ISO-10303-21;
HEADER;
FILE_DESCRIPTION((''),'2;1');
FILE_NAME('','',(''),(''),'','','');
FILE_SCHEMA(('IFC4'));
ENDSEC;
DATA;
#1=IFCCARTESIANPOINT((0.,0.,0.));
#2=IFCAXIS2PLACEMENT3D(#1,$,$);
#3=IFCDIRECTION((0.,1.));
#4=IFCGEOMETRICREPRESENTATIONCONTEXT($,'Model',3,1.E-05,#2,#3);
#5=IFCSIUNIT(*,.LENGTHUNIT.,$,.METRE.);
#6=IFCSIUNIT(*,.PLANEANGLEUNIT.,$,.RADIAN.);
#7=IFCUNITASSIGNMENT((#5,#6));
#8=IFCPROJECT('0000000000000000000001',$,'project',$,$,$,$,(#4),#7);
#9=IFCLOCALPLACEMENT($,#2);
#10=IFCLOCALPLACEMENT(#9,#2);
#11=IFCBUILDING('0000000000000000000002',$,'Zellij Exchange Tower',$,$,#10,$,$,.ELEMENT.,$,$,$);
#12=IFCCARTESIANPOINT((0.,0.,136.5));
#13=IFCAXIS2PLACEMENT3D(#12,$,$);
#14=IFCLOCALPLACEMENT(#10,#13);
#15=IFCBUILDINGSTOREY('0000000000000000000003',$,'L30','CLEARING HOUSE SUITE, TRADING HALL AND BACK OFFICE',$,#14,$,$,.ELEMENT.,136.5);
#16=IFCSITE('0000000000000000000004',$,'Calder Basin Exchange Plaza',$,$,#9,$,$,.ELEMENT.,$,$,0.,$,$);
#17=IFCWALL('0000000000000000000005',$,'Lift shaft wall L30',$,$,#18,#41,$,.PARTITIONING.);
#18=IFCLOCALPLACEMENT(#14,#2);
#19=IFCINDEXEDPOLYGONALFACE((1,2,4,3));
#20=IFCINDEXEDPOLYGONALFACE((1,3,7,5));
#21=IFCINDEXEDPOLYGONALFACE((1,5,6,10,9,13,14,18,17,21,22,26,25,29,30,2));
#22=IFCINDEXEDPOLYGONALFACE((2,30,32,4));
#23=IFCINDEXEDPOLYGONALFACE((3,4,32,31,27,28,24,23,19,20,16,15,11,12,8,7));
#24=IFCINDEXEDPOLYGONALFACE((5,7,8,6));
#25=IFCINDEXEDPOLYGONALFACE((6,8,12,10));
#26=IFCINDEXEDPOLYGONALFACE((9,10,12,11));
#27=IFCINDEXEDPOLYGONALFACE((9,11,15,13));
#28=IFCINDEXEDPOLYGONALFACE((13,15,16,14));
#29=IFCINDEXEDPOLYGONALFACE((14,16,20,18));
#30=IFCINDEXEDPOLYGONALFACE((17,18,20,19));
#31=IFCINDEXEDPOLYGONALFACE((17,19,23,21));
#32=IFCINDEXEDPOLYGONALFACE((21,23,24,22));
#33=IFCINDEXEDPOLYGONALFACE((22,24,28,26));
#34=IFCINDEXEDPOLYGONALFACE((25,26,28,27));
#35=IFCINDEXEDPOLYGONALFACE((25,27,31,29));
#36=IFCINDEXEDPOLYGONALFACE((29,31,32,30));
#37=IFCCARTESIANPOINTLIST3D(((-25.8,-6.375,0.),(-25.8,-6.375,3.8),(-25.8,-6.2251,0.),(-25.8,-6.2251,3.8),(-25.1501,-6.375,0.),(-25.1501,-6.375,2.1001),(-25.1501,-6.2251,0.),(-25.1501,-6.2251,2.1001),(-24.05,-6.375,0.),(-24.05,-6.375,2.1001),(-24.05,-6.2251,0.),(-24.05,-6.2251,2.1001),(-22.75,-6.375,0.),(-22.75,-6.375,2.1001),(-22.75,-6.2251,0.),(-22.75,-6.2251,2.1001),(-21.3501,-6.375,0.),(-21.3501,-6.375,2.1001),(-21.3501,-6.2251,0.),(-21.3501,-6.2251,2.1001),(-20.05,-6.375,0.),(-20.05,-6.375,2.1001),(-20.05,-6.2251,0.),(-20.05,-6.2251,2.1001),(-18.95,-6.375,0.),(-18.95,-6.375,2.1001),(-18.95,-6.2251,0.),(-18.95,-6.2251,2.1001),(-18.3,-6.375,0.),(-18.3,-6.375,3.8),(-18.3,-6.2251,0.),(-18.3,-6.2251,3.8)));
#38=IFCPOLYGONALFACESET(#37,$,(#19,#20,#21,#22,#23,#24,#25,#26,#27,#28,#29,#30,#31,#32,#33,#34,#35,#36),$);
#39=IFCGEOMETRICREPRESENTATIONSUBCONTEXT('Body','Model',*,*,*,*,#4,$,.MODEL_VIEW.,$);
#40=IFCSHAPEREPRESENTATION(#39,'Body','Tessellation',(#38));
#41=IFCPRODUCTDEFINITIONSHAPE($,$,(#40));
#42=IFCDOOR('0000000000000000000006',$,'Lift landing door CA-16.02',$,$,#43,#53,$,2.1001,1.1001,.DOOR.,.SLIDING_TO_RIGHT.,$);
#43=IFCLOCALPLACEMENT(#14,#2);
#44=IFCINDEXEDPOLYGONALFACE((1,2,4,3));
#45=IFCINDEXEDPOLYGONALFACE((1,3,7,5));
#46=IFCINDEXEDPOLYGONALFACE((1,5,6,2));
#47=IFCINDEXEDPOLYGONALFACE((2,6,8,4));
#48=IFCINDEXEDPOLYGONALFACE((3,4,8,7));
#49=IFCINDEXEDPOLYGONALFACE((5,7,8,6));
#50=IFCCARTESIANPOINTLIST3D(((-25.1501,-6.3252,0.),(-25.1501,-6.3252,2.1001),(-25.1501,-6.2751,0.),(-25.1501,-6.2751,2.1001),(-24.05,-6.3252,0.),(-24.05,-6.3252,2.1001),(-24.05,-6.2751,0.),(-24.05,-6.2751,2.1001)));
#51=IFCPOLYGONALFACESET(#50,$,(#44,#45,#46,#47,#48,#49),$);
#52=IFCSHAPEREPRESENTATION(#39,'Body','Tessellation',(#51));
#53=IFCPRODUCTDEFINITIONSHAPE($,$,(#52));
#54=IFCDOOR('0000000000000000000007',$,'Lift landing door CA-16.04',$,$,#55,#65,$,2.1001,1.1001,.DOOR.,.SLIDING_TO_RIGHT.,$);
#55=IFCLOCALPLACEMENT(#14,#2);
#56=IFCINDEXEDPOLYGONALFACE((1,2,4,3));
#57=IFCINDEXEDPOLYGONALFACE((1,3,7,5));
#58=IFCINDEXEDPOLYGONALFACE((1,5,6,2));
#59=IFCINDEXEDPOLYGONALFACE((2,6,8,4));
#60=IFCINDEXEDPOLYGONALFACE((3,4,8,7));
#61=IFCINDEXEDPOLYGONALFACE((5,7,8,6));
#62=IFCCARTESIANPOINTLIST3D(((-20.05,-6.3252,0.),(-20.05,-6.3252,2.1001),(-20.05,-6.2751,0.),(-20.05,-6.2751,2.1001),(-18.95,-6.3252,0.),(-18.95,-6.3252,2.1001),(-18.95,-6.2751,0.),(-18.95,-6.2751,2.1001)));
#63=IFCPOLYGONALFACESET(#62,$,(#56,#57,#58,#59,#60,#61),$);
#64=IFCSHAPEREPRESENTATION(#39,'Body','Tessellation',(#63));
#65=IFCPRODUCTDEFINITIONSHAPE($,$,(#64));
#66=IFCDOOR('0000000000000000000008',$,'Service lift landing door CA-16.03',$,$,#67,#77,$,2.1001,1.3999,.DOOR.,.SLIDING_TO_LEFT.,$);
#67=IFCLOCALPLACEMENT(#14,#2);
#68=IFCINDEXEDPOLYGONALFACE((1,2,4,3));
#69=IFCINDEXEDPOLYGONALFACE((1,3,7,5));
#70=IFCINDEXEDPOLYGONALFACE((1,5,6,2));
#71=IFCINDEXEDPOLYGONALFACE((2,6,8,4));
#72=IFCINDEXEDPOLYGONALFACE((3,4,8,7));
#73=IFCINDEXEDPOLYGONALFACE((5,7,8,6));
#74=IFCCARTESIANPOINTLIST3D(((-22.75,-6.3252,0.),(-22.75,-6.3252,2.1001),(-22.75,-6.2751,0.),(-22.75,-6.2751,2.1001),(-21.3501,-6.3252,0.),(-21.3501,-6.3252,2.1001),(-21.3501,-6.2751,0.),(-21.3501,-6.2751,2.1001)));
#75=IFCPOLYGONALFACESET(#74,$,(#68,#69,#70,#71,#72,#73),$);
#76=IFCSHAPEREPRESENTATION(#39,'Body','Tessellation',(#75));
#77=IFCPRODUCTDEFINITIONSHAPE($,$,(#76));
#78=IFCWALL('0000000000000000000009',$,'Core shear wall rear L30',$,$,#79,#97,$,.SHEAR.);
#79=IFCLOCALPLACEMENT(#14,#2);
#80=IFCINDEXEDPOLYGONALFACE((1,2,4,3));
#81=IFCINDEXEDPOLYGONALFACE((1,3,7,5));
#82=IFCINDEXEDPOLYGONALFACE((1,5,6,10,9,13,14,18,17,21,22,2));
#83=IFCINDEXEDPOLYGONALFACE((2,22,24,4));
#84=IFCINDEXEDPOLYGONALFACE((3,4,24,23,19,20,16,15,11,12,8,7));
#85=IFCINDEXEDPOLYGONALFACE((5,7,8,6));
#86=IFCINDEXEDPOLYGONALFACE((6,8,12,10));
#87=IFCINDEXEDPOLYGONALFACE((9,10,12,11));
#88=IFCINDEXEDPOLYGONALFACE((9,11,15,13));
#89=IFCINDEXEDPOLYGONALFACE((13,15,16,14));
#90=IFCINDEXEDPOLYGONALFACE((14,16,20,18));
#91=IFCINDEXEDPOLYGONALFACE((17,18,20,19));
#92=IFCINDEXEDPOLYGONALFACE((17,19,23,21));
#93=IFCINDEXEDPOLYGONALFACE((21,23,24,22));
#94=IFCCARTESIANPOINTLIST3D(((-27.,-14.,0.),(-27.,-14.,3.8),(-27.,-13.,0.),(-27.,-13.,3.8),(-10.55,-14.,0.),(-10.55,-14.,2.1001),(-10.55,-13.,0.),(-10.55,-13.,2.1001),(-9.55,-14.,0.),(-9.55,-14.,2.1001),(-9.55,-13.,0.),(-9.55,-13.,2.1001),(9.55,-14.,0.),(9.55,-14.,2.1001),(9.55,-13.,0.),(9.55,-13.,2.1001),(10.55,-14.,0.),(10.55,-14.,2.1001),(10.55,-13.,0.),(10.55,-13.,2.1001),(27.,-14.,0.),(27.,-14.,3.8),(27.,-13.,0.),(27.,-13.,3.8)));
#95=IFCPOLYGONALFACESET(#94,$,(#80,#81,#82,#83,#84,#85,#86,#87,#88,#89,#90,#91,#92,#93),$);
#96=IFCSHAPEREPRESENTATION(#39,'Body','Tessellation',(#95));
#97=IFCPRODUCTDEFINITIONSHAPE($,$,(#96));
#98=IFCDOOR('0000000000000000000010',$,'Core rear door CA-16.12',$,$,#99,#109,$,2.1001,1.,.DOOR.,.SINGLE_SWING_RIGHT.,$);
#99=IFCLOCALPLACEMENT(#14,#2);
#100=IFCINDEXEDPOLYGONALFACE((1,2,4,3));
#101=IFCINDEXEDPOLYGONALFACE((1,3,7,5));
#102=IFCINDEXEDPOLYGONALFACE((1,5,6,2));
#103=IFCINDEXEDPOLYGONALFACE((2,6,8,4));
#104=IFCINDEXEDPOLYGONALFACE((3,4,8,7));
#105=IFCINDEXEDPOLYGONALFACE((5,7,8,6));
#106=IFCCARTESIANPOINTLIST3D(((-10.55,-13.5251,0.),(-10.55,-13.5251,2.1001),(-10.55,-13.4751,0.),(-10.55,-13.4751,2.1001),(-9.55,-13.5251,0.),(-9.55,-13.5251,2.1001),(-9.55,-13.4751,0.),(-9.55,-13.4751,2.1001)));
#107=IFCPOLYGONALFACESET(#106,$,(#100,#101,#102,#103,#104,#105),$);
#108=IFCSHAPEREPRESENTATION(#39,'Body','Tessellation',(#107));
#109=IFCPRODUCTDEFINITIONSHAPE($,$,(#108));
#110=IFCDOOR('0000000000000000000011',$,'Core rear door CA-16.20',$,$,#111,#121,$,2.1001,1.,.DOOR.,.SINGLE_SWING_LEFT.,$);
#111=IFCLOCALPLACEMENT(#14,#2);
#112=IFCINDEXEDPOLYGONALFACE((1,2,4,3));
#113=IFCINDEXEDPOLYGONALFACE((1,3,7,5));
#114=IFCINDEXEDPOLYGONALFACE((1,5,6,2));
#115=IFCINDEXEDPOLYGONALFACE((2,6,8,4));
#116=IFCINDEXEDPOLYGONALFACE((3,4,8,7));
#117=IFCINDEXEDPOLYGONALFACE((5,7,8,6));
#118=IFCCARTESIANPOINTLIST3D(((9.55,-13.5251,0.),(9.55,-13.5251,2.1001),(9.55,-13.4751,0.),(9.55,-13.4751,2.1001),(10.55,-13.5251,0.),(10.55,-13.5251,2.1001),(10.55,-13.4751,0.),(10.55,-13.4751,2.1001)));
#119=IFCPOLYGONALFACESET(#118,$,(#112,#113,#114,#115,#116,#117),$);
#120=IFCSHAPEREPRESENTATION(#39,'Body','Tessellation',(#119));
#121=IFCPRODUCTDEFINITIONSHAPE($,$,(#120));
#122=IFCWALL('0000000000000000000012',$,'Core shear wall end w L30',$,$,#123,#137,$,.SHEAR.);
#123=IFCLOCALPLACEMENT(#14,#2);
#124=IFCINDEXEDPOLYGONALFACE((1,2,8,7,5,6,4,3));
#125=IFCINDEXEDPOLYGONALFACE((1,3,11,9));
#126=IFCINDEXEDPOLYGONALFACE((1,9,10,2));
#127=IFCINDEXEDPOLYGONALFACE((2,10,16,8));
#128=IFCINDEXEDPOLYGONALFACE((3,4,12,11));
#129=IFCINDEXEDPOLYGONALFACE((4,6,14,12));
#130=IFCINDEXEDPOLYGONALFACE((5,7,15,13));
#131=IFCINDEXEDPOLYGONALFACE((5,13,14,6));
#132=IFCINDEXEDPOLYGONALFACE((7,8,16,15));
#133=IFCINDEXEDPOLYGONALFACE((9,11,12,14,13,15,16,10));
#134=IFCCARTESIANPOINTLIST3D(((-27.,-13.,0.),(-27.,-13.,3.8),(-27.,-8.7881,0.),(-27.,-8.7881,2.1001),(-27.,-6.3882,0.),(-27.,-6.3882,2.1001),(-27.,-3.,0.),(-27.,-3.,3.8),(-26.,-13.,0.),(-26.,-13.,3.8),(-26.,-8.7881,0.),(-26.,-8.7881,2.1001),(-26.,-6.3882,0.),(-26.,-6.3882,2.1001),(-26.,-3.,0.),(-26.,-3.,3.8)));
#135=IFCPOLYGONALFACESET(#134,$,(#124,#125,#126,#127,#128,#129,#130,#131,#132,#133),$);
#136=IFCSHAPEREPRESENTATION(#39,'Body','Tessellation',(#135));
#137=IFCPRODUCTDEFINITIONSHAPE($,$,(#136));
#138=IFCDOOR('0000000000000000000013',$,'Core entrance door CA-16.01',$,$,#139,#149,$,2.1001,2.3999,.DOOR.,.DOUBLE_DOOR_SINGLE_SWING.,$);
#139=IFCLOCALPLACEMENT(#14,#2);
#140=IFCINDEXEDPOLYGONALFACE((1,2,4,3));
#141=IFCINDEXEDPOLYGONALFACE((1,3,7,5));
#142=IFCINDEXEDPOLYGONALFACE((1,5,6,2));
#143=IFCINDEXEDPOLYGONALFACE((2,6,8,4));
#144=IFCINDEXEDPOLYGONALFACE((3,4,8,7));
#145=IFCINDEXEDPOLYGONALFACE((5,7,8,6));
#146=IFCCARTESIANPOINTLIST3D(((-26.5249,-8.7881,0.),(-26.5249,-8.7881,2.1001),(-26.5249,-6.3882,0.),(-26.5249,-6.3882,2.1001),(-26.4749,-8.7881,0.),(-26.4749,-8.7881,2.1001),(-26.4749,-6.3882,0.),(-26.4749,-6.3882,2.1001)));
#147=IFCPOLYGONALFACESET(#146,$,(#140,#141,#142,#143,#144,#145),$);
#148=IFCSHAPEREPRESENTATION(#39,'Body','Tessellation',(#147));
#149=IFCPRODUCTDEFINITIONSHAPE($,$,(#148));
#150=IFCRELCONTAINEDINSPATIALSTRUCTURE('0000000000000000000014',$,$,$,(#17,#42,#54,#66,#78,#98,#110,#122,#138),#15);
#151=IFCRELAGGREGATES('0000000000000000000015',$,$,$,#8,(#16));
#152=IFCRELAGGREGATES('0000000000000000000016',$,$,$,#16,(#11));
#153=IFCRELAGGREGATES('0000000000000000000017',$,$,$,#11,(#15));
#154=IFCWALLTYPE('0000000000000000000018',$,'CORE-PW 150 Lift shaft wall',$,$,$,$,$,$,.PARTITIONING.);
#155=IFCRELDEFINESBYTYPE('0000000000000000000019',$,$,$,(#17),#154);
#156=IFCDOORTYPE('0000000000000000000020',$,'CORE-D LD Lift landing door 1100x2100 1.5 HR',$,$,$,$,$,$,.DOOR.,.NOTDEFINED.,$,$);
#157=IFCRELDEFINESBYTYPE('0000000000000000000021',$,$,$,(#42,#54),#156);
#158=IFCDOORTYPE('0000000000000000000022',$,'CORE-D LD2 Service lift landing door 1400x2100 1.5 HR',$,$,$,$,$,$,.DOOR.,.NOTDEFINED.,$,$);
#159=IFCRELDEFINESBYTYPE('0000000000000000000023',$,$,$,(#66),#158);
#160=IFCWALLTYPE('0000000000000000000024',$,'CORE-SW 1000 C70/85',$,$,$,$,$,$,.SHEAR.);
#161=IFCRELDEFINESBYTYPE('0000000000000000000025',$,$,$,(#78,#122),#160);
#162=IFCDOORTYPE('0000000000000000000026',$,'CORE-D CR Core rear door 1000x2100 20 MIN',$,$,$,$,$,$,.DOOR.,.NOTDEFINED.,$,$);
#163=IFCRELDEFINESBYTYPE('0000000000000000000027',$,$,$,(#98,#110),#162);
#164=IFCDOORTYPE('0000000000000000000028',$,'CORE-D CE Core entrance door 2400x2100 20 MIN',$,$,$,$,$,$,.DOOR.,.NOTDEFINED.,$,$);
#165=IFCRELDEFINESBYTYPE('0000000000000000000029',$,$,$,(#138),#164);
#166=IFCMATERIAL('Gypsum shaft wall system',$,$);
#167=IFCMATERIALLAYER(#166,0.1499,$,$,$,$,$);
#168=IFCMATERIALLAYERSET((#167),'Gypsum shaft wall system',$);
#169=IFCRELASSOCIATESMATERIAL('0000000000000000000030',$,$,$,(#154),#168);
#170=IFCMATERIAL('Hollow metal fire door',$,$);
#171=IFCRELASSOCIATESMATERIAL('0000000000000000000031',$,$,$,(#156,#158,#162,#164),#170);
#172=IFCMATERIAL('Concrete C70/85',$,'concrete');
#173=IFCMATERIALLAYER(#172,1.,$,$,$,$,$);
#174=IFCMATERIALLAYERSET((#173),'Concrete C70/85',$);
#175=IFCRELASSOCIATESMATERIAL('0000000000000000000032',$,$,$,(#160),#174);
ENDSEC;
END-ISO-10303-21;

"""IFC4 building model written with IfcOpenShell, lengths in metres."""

from ifc_helpers import new_model, si_unit, direction, frame, frame_2d, origin, place, context, subcontext, project, spatial, rectangle, extrude, material, layer, layer_set, type_object, element, fill, save


model = new_model("IFC4")

# Units and contexts
model_context = context("Model", 3, precision=1e-05, world=origin(), true_north=direction((0.0, 1.0)))
body_context = subcontext(model_context, "Body", "Model", "MODEL_VIEW")
ifc_project = project(units=[si_unit("LENGTHUNIT", "METRE"), si_unit("PLANEANGLEUNIT", "RADIAN")], contexts=[model_context])

# Site, building, storey
site_placement = place(None, origin())
site = spatial("IfcSite", under=ifc_project, at=site_placement, Name="Calder Basin Exchange Plaza", CompositionType="ELEMENT", RefElevation=0.0)
building_placement = place(site_placement, origin())
building = spatial("IfcBuilding", under=site, at=building_placement, Name="Zellij Exchange Tower", CompositionType="ELEMENT")
storey_placement = place(building_placement, frame((0.0, 0.0, 136.5)))
storey = spatial("IfcBuildingStorey", under=building, at=storey_placement, Name="L30", Description="CLEARING HOUSE SUITE, TRADING HALL AND BACK OFFICE", CompositionType="ELEMENT", Elevation=136.5)

# Shared definitions
ifc_material_1 = material(Name="Concrete C70/85", Category="concrete")

# Walls, openings, doors
ifc_material_2 = material(Name="Gypsum shaft wall system")
ifc_layer_1 = layer(ifc_material_2, 0.1499)
ifc_layer_set_1 = layer_set([ifc_layer_1], Name="Gypsum shaft wall system")
wall_type_1 = type_object("IfcWallType", Name="CORE-PW 150 Lift shaft wall", PredefinedType="PARTITIONING", material=ifc_layer_set_1)
wall_1_placement = place(storey_placement, frame((-25.8, -6.3, 0.0), z_axis=(0.0, 0.0, 1.0), x_axis=(1.0, 0.0, 0.0)))
wall_1 = element("IfcWall", 1, at=wall_1_placement, inside=storey, type_object=wall_type_1, Name="Lift shaft wall L30", PredefinedType="PARTITIONING", context=body_context, shape_type="SweptSolid", body=[
    extrude(rectangle(XDim=7.5, YDim=0.1499, at=frame_2d((3.75, 0.0))), origin(), (0.0, 0.0, 1.0), 3.8),
])
opening_1_placement = place(wall_1_placement, frame((0.6499, 0.0, 0.0)))
opening_1 = element("IfcOpeningElement", 2, at=opening_1_placement, cuts=wall_1, PredefinedType="OPENING", context=body_context, shape_type="SweptSolid", body=[
    extrude(rectangle(XDim=1.1001, YDim=2.1001, at=frame_2d((0.55, 1.05))), frame((0.0, 0.0869, 0.0), z_axis=(0.0, -1.0, 0.0), x_axis=(1.0, 0.0, 0.0)), (0.0, 0.0, 1.0), 0.1738),
])
opening_2_placement = place(wall_1_placement, frame((3.05, 0.0, 0.0)))
opening_2 = element("IfcOpeningElement", 3, at=opening_2_placement, cuts=wall_1, PredefinedType="OPENING", context=body_context, shape_type="SweptSolid", body=[
    extrude(rectangle(XDim=1.3999, YDim=2.1001, at=frame_2d((0.7, 1.05))), frame((0.0, 0.0869, 0.0), z_axis=(0.0, -1.0, 0.0), x_axis=(1.0, 0.0, 0.0)), (0.0, 0.0, 1.0), 0.1738),
])
opening_3_placement = place(wall_1_placement, frame((5.75, 0.0, 0.0)))
opening_3 = element("IfcOpeningElement", 4, at=opening_3_placement, cuts=wall_1, PredefinedType="OPENING", context=body_context, shape_type="SweptSolid", body=[
    extrude(rectangle(XDim=1.1001, YDim=2.1001, at=frame_2d((0.55, 1.05))), frame((0.0, 0.0869, 0.0), z_axis=(0.0, -1.0, 0.0), x_axis=(1.0, 0.0, 0.0)), (0.0, 0.0, 1.0), 0.1738),
])
ifc_material_3 = material(Name="Hollow metal fire door")
door_type_1 = type_object("IfcDoorType", Name="CORE-D LD Lift landing door 1100x2100 1.5 HR", OperationType="NOTDEFINED", PredefinedType="DOOR", material=ifc_material_3)
door_1_placement = place(opening_1_placement, origin())
door_1 = element("IfcDoor", 5, at=door_1_placement, inside=storey, type_object=door_type_1, Name="Lift landing door CA-16.02", OperationType="SLIDING_TO_RIGHT", OverallHeight=2.1001, OverallWidth=1.1001, PredefinedType="DOOR", context=body_context, shape_type="SweptSolid", body=[
    extrude(rectangle(XDim=1.1001, YDim=2.1001, at=frame_2d((0.55, 1.05))), frame((0.0, 0.0249, 0.0), z_axis=(0.0, -1.0, 0.0), x_axis=(1.0, 0.0, 0.0)), (0.0, 0.0, 1.0), 0.05),
])
fill(opening_1, door_1)
door_2_placement = place(opening_3_placement, origin())
door_2 = element("IfcDoor", 6, at=door_2_placement, inside=storey, type_object=door_type_1, Name="Lift landing door CA-16.04", OperationType="SLIDING_TO_RIGHT", OverallHeight=2.1001, OverallWidth=1.1001, PredefinedType="DOOR", context=body_context, shape_type="SweptSolid", body=[
    extrude(rectangle(XDim=1.1001, YDim=2.1001, at=frame_2d((0.55, 1.05))), frame((0.0, 0.0249, 0.0), z_axis=(0.0, -1.0, 0.0), x_axis=(1.0, 0.0, 0.0)), (0.0, 0.0, 1.0), 0.05),
])
fill(opening_3, door_2)
door_type_2 = type_object("IfcDoorType", Name="CORE-D LD2 Service lift landing door 1400x2100 1.5 HR", OperationType="NOTDEFINED", PredefinedType="DOOR", material=ifc_material_3)
door_3_placement = place(opening_2_placement, origin())
door_3 = element("IfcDoor", 7, at=door_3_placement, inside=storey, type_object=door_type_2, Name="Service lift landing door CA-16.03", OperationType="SLIDING_TO_LEFT", OverallHeight=2.1001, OverallWidth=1.3999, PredefinedType="DOOR", context=body_context, shape_type="SweptSolid", body=[
    extrude(rectangle(XDim=1.3999, YDim=2.1001, at=frame_2d((0.7, 1.05))), frame((0.0, 0.0249, 0.0), z_axis=(0.0, -1.0, 0.0), x_axis=(1.0, 0.0, 0.0)), (0.0, 0.0, 1.0), 0.05),
])
fill(opening_2, door_3)
ifc_layer_2 = layer(ifc_material_1, 1.0)
ifc_layer_set_2 = layer_set([ifc_layer_2], Name="Concrete C70/85")
wall_type_2 = type_object("IfcWallType", Name="CORE-SW 1000 C70/85", PredefinedType="SHEAR", material=ifc_layer_set_2)
wall_2_placement = place(storey_placement, frame((-27.0, -13.5, 0.0), z_axis=(0.0, 0.0, 1.0), x_axis=(1.0, 0.0, 0.0)))
wall_2 = element("IfcWall", 8, at=wall_2_placement, inside=storey, type_object=wall_type_2, Name="Core shear wall rear L30", PredefinedType="SHEAR", context=body_context, shape_type="SweptSolid", body=[
    extrude(rectangle(XDim=54.0, YDim=1.0, at=frame_2d((27.0, 0.0))), origin(), (0.0, 0.0, 1.0), 3.8),
])
opening_4_placement = place(wall_2_placement, frame((16.45, 0.0, 0.0)))
opening_4 = element("IfcOpeningElement", 9, at=opening_4_placement, cuts=wall_2, PredefinedType="OPENING", context=body_context, shape_type="SweptSolid", body=[
    extrude(rectangle(XDim=1.0, YDim=2.1001, at=frame_2d((0.5, 1.05))), frame((0.0, 0.512, 0.0), z_axis=(0.0, -1.0, 0.0), x_axis=(1.0, 0.0, 0.0)), (0.0, 0.0, 1.0), 1.0239),
])
opening_5_placement = place(wall_2_placement, frame((36.55, 0.0, 0.0)))
opening_5 = element("IfcOpeningElement", 10, at=opening_5_placement, cuts=wall_2, PredefinedType="OPENING", context=body_context, shape_type="SweptSolid", body=[
    extrude(rectangle(XDim=1.0, YDim=2.1001, at=frame_2d((0.5, 1.05))), frame((0.0, 0.512, 0.0), z_axis=(0.0, -1.0, 0.0), x_axis=(1.0, 0.0, 0.0)), (0.0, 0.0, 1.0), 1.0239),
])
door_type_3 = type_object("IfcDoorType", Name="CORE-D CR Core rear door 1000x2100 20 MIN", OperationType="NOTDEFINED", PredefinedType="DOOR", material=ifc_material_3)
door_4_placement = place(opening_4_placement, origin())
door_4 = element("IfcDoor", 11, at=door_4_placement, inside=storey, type_object=door_type_3, Name="Core rear door CA-16.12", OperationType="SINGLE_SWING_RIGHT", OverallHeight=2.1001, OverallWidth=1.0, PredefinedType="DOOR", context=body_context, shape_type="SweptSolid", body=[
    extrude(rectangle(XDim=1.0, YDim=2.1001, at=frame_2d((0.5, 1.05))), frame((0.0, 0.0249, 0.0), z_axis=(0.0, -1.0, 0.0), x_axis=(1.0, 0.0, 0.0)), (0.0, 0.0, 1.0), 0.05),
])
fill(opening_4, door_4)
door_5_placement = place(opening_5_placement, origin())
door_5 = element("IfcDoor", 12, at=door_5_placement, inside=storey, type_object=door_type_3, Name="Core rear door CA-16.20", OperationType="SINGLE_SWING_LEFT", OverallHeight=2.1001, OverallWidth=1.0, PredefinedType="DOOR", context=body_context, shape_type="SweptSolid", body=[
    extrude(rectangle(XDim=1.0, YDim=2.1001, at=frame_2d((0.5, 1.05))), frame((0.0, 0.0249, 0.0), z_axis=(0.0, -1.0, 0.0), x_axis=(1.0, 0.0, 0.0)), (0.0, 0.0, 1.0), 0.05),
])
fill(opening_5, door_5)

# Wall, opening, door
wall_3_placement = place(storey_placement, frame((-26.5, -13.0, 0.0), z_axis=(0.0, 0.0, 1.0), x_axis=(0.0, 1.0, 0.0)))
wall_3 = element("IfcWall", 13, at=wall_3_placement, inside=storey, type_object=wall_type_2, Name="Core shear wall end w L30", PredefinedType="SHEAR", context=body_context, shape_type="SweptSolid", body=[
    extrude(rectangle(XDim=10.0, YDim=1.0, at=frame_2d((5.0, 0.0))), origin(), (0.0, 0.0, 1.0), 3.8),
])
opening_6_placement = place(wall_3_placement, frame((4.2119, 0.0, 0.0)))
opening_6 = element("IfcOpeningElement", 14, at=opening_6_placement, cuts=wall_3, PredefinedType="OPENING", context=body_context, shape_type="SweptSolid", body=[
    extrude(rectangle(XDim=2.3999, YDim=2.1001, at=frame_2d((1.2, 1.05))), frame((0.0, 0.512, 0.0), z_axis=(0.0, -1.0, 0.0), x_axis=(1.0, 0.0, 0.0)), (0.0, 0.0, 1.0), 1.0239),
])
door_type_4 = type_object("IfcDoorType", Name="CORE-D CE Core entrance door 2400x2100 20 MIN", OperationType="NOTDEFINED", PredefinedType="DOOR", material=ifc_material_3)
door_6_placement = place(opening_6_placement, origin())
door_6 = element("IfcDoor", 15, at=door_6_placement, inside=storey, type_object=door_type_4, Name="Core entrance door CA-16.01", OperationType="DOUBLE_DOOR_SINGLE_SWING", OverallHeight=2.1001, OverallWidth=2.3999, PredefinedType="DOOR", context=body_context, shape_type="SweptSolid", body=[
    extrude(rectangle(XDim=2.3999, YDim=2.1001, at=frame_2d((1.2, 1.05))), frame((0.0, 0.0249, 0.0), z_axis=(0.0, -1.0, 0.0), x_axis=(1.0, 0.0, 0.0)), (0.0, 0.0, 1.0), 0.05),
])
fill(opening_6, door_6)

save(model, "model.ifc")
